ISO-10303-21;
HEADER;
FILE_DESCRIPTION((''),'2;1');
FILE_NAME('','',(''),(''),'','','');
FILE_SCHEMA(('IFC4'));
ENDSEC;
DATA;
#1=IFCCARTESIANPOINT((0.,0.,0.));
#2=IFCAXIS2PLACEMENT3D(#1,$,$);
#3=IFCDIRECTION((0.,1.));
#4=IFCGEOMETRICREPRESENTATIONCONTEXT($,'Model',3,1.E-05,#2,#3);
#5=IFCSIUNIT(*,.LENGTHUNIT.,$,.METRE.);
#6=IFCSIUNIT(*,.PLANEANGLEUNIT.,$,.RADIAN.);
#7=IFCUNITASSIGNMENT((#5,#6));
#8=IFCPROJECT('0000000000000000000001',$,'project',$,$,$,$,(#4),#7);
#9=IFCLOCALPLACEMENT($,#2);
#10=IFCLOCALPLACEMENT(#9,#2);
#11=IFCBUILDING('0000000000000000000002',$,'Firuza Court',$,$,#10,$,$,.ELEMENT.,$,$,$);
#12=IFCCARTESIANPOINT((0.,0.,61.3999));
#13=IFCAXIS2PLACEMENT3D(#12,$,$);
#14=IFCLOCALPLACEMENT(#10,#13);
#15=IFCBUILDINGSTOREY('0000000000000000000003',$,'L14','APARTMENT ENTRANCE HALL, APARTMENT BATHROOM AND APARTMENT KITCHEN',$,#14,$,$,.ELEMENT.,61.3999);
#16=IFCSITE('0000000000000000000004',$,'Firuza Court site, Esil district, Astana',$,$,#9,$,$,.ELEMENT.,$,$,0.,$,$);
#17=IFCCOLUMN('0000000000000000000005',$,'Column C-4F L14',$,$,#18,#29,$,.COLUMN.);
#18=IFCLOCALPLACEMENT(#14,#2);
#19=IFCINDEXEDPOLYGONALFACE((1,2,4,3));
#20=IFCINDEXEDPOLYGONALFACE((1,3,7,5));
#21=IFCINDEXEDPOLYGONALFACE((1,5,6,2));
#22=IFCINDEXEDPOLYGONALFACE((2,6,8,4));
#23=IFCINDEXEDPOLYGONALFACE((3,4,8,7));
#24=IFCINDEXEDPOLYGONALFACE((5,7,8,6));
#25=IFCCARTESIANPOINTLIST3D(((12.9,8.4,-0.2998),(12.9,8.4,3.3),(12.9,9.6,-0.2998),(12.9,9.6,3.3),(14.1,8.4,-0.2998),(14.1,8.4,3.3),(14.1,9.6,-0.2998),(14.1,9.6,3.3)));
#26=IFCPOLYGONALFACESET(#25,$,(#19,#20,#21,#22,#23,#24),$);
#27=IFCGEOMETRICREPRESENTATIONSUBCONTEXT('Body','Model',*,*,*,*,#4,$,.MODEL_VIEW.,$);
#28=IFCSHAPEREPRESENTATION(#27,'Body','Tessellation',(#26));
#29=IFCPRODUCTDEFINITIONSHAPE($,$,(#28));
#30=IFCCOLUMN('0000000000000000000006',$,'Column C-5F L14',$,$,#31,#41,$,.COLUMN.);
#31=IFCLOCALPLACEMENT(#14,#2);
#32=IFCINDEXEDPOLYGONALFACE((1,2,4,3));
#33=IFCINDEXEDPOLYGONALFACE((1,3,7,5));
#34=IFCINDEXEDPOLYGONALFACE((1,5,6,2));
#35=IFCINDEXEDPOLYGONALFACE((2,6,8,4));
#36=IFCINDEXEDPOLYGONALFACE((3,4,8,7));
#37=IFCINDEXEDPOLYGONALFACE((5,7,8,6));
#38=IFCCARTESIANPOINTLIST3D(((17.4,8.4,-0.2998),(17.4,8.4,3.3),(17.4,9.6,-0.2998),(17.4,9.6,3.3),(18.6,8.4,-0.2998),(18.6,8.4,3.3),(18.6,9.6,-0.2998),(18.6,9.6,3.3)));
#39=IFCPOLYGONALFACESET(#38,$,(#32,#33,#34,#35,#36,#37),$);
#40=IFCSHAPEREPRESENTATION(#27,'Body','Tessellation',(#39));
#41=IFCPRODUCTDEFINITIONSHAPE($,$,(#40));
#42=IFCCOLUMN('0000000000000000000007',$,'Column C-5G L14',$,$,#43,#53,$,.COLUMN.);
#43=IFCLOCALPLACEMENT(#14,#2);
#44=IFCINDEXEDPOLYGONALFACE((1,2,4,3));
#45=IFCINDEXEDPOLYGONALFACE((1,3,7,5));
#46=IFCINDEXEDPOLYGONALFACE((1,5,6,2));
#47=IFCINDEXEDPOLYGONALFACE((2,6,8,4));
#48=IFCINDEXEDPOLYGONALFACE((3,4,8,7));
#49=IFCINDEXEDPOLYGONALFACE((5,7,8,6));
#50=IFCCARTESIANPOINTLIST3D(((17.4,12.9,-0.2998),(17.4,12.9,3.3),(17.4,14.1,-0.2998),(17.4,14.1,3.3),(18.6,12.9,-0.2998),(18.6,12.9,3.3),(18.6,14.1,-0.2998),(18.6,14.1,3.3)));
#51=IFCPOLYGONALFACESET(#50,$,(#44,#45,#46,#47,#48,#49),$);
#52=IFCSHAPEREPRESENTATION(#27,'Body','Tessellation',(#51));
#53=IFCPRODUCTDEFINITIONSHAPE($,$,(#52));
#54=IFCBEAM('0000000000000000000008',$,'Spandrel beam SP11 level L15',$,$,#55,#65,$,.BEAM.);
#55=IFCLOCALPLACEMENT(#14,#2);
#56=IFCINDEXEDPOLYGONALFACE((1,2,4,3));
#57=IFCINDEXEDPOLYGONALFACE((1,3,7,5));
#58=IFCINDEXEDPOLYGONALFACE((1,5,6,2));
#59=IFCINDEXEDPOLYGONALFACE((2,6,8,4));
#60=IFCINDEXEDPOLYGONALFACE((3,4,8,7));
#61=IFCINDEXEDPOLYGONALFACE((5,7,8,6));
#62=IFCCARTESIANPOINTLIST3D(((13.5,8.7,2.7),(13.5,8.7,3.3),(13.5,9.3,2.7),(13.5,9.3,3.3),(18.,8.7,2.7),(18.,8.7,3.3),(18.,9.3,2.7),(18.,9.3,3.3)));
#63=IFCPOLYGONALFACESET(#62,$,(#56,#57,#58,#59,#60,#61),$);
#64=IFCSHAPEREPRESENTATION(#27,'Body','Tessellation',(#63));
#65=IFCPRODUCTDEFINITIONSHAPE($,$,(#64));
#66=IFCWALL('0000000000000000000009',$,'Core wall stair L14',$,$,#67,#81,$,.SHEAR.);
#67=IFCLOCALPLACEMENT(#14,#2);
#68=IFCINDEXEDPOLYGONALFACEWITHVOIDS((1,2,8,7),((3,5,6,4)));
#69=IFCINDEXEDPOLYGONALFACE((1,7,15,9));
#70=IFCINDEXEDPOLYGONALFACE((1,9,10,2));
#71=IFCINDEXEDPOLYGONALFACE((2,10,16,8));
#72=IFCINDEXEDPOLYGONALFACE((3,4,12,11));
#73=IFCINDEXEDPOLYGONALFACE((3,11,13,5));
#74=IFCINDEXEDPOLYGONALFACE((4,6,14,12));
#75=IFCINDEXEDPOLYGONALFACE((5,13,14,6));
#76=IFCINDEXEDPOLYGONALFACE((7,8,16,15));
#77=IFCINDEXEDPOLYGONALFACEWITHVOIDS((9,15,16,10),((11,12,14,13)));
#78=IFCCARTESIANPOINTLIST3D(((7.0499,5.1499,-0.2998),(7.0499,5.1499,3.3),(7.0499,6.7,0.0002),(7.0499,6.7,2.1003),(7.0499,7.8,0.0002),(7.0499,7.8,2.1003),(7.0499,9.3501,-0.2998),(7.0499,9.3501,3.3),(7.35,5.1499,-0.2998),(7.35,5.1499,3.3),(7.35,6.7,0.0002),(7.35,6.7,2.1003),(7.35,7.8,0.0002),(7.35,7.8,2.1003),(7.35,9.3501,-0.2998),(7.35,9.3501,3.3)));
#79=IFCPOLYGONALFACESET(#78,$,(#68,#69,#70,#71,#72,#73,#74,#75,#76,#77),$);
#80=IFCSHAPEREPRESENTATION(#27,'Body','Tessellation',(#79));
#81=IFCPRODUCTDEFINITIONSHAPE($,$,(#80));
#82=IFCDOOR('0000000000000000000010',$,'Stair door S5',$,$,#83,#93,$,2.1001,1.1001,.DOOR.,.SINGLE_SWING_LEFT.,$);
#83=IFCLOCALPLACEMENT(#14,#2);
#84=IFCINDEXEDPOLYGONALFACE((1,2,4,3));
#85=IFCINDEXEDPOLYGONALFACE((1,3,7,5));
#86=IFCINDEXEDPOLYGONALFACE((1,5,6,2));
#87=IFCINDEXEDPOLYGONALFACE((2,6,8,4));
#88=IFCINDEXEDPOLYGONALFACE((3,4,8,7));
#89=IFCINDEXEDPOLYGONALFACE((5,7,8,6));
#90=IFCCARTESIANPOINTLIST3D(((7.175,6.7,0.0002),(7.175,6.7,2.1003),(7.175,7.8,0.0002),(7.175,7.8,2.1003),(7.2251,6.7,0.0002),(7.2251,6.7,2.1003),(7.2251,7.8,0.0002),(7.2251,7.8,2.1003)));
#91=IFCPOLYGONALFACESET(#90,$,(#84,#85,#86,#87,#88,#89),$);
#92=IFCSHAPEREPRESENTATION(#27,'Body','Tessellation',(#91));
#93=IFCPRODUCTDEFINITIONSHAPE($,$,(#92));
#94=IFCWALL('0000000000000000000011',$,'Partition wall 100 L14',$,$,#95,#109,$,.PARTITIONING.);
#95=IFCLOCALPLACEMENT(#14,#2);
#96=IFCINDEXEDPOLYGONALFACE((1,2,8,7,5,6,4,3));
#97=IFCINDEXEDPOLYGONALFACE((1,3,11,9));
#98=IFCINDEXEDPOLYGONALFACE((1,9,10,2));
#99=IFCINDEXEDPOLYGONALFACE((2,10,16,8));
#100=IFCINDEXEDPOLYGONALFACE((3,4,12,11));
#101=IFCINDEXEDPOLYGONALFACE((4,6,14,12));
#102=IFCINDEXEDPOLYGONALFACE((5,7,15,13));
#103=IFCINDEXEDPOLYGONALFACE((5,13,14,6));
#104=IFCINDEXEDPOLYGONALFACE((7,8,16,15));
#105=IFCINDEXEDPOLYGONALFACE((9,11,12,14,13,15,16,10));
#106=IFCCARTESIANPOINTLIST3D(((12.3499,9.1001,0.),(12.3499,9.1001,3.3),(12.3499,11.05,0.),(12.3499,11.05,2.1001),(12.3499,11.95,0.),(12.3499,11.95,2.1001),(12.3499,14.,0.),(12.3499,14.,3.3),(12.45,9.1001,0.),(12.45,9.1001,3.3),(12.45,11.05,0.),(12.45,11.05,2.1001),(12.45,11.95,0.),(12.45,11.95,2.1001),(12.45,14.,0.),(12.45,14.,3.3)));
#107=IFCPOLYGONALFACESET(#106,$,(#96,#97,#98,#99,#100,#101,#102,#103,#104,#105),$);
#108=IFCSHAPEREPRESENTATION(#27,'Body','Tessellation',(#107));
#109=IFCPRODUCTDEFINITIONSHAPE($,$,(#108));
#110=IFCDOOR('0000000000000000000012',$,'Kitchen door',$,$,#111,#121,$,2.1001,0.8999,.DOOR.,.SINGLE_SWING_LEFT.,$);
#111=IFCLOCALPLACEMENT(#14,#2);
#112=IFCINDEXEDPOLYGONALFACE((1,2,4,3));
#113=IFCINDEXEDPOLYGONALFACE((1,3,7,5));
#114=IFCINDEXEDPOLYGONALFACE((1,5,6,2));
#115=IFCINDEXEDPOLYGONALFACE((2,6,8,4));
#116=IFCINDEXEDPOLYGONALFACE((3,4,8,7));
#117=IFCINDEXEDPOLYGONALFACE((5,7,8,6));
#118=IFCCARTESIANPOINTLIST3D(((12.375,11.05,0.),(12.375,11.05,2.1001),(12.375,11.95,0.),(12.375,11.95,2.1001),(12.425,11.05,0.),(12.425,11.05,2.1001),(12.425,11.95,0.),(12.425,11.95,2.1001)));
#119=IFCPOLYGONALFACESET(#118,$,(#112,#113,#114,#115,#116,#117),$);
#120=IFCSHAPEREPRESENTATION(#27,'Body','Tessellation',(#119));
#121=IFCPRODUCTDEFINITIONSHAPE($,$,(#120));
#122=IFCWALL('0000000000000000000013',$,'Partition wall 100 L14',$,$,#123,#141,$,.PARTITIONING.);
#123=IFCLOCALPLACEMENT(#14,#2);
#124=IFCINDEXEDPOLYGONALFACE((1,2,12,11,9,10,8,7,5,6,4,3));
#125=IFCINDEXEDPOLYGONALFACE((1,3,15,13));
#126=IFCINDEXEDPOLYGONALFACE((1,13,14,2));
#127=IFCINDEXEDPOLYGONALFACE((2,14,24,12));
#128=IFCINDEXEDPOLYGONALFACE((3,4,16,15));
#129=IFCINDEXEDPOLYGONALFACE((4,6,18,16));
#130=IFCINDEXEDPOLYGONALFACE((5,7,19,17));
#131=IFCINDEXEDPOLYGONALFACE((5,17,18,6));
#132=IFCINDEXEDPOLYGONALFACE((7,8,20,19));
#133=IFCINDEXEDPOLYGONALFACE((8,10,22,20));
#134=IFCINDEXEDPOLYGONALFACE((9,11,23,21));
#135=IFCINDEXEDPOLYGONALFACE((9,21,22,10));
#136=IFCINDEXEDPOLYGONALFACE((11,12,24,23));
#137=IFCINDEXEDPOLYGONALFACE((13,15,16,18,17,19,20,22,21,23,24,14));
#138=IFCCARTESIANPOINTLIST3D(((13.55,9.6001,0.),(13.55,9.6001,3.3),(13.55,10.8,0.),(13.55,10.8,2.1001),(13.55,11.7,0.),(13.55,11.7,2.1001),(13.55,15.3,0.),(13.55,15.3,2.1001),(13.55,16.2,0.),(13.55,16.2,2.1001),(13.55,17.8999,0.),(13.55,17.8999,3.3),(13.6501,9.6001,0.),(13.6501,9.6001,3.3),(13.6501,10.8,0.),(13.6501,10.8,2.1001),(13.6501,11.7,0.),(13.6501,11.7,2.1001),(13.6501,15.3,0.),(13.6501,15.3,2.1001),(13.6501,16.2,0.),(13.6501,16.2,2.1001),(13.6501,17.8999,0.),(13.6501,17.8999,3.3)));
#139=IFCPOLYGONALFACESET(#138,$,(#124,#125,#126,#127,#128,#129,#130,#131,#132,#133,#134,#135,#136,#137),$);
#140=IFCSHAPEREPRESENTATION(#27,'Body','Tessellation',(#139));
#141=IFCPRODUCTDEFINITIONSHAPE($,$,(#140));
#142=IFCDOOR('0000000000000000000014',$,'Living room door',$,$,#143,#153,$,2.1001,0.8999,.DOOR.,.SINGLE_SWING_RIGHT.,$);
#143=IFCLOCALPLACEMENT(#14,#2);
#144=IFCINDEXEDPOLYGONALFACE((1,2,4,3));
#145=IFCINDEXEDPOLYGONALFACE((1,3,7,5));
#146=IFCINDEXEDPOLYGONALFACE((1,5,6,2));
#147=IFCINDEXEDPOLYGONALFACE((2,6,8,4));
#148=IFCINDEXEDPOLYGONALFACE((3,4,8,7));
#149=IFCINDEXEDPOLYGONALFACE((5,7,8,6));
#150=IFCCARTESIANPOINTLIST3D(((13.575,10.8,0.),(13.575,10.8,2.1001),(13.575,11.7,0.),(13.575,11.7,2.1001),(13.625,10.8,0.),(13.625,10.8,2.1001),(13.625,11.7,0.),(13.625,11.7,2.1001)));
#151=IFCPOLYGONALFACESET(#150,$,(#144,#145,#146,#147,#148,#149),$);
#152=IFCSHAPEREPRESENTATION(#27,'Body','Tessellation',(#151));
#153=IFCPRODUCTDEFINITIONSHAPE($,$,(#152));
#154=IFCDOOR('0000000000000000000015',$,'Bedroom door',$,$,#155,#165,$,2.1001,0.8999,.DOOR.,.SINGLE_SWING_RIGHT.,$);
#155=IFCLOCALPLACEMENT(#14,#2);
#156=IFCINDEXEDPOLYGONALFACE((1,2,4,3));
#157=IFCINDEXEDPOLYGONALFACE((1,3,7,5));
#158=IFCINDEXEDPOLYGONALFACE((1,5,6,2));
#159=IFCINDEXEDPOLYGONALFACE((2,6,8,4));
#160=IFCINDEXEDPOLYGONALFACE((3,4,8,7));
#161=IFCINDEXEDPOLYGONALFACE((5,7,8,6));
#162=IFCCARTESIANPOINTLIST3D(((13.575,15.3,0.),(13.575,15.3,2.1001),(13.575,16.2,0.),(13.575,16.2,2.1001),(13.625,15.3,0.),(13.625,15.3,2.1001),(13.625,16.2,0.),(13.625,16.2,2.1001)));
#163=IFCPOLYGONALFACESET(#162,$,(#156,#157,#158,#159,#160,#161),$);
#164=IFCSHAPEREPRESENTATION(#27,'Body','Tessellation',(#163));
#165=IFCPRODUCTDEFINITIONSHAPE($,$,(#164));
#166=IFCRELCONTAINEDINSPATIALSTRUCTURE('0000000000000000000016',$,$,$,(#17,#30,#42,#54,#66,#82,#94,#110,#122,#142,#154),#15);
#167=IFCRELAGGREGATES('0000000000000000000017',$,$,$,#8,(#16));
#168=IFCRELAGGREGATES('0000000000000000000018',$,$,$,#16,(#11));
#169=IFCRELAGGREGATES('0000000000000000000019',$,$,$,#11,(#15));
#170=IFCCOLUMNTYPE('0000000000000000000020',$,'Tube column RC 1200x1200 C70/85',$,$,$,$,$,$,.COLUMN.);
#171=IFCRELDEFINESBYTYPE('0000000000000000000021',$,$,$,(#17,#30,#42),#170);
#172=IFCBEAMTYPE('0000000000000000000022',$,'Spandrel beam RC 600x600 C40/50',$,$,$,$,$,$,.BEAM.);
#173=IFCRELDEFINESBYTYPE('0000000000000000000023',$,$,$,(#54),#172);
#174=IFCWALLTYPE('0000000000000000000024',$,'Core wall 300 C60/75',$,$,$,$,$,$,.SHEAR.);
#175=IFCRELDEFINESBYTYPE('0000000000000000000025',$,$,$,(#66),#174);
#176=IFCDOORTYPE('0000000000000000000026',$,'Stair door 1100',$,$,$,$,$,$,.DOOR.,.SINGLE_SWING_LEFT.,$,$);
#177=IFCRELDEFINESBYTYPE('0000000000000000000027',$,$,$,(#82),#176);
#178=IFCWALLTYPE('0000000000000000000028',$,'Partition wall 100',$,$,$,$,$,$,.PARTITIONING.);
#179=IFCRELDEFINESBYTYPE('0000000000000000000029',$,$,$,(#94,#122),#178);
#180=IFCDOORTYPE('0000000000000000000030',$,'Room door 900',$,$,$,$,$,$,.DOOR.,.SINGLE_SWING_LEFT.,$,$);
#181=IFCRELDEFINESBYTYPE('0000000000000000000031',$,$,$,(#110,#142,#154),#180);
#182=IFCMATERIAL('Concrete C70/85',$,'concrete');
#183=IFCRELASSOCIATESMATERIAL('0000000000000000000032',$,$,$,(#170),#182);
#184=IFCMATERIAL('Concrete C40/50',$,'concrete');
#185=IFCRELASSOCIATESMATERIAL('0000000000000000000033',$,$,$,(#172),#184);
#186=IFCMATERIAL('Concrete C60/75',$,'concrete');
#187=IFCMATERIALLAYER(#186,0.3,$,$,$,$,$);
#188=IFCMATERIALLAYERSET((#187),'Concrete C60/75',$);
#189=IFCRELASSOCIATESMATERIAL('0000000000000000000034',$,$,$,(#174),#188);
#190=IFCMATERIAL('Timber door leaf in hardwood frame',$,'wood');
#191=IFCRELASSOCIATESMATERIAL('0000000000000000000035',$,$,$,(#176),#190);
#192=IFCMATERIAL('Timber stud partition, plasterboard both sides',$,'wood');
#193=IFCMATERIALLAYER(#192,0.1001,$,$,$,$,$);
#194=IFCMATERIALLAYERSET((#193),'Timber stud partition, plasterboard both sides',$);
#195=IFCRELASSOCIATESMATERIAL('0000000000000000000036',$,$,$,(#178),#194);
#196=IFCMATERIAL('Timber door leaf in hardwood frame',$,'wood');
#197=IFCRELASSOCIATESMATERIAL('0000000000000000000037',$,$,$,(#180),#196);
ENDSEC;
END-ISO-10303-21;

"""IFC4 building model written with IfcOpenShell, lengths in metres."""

from ifc_helpers import new_model, si_unit, direction, frame, frame_2d, origin, origin_2d, place, context, subcontext, project, spatial, rectangle, extrude, material, layer, layer_set, material_profile, profile_set, type_object, element, fill, save


model = new_model("IFC4")

# Units and contexts
model_context = context("Model", 3, precision=1e-05, world=origin(), true_north=direction((0.0, 1.0)))
body_context = subcontext(model_context, "Body", "Model", "MODEL_VIEW")
ifc_project = project(units=[si_unit("LENGTHUNIT", "METRE"), si_unit("PLANEANGLEUNIT", "RADIAN")], contexts=[model_context])

# Site, building, storey
site_placement = place(None, origin())
site = spatial("IfcSite", under=ifc_project, at=site_placement, Name="Firuza Court site, Esil district, Astana", CompositionType="ELEMENT", RefElevation=0.0)
building_placement = place(site_placement, origin())
building = spatial("IfcBuilding", under=site, at=building_placement, Name="Firuza Court", CompositionType="ELEMENT")
storey_placement = place(building_placement, frame((0.0, 0.0, 61.3999)))
storey = spatial("IfcBuildingStorey", under=building, at=storey_placement, Name="L14", Description="APARTMENT ENTRANCE HALL, APARTMENT BATHROOM AND APARTMENT KITCHEN", CompositionType="ELEMENT", Elevation=61.3999)

# Columns
ifc_material_1 = material(Name="Concrete C70/85", Category="concrete")
ifc_material_profile_1 = material_profile(ifc_material_1, rectangle(XDim=1.2, YDim=1.2, at=origin_2d()), Name="RC 1200x1200")
ifc_profile_set_1 = profile_set([ifc_material_profile_1], Name="Concrete C70/85")
column_type = type_object("IfcColumnType", Name="Tube column RC 1200x1200 C70/85", PredefinedType="COLUMN", material=ifc_profile_set_1)
for number, where, z_axis, x_axis, name in (
    (1, (13.5, 9.0, -0.2998), (0.0, 0.0, 1.0), (1.0, 0.0, 0.0), "Column C-4F L14"),
    (2, (18.0, 9.0, -0.2998), (0.0, 0.0, 1.0), (1.0, 0.0, 0.0), "Column C-5F L14"),
    (3, (18.0, 13.5, -0.2998), (0.0, 0.0, 1.0), (1.0, 0.0, 0.0), "Column C-5G L14"),
):
    element("IfcColumn", number, at=place(storey_placement, frame(where, z_axis=z_axis, x_axis=x_axis)), inside=storey, type_object=column_type, Name=name, PredefinedType="COLUMN", context=body_context, shape_type="SweptSolid", body=[
        extrude(rectangle(XDim=1.2, YDim=1.2, at=origin_2d()), origin(), (0.0, 0.0, 1.0), 3.5999),
    ])

# Beam
ifc_material_2 = material(Name="Concrete C40/50", Category="concrete")
ifc_material_profile_2 = material_profile(ifc_material_2, rectangle(XDim=0.6001, YDim=0.6001, at=origin_2d()), Name="RC 600x600")
ifc_profile_set_2 = profile_set([ifc_material_profile_2], Name="Concrete C40/50")
beam_type = type_object("IfcBeamType", Name="Spandrel beam RC 600x600 C40/50", PredefinedType="BEAM", material=ifc_profile_set_2)
beam_placement = place(storey_placement, frame((13.5, 9.0, 3.0), z_axis=(1.0, 0.0, 0.0), x_axis=(0.0, 1.0, 0.0)))
element("IfcBeam", 4, at=beam_placement, inside=storey, type_object=beam_type, Name="Spandrel beam SP11 level L15", PredefinedType="BEAM", context=body_context, shape_type="SweptSolid", body=[
    extrude(rectangle(XDim=0.6001, YDim=0.6001, at=origin_2d()), origin(), (0.0, 0.0, 1.0), 4.5),
])

# Walls, openings, doors
ifc_material_3 = material(Name="Concrete C60/75", Category="concrete")
ifc_layer_1 = layer(ifc_material_3, 0.3)
ifc_layer_set_1 = layer_set([ifc_layer_1], Name="Concrete C60/75")
wall_type_1 = type_object("IfcWallType", Name="Core wall 300 C60/75", PredefinedType="SHEAR", material=ifc_layer_set_1)
wall_1_placement = place(storey_placement, frame((7.2, 5.1499, -0.2998), z_axis=(0.0, 0.0, 1.0), x_axis=(0.0, 1.0, 0.0)))
wall_1 = element("IfcWall", 5, at=wall_1_placement, inside=storey, type_object=wall_type_1, Name="Core wall stair L14", PredefinedType="SHEAR", context=body_context, shape_type="SweptSolid", body=[
    extrude(rectangle(XDim=4.2002, YDim=0.3, at=frame_2d((2.1001, 0.0))), origin(), (0.0, 0.0, 1.0), 3.5999),
])
opening_1_placement = place(wall_1_placement, frame((1.55, 0.0, 0.3)))
opening_1 = element("IfcOpeningElement", 6, at=opening_1_placement, cuts=wall_1, PredefinedType="OPENING", context=body_context, shape_type="SweptSolid", body=[
    extrude(rectangle(XDim=1.1001, YDim=2.1001, at=frame_2d((0.55, 1.05))), frame((0.0, 0.1621, 0.0), z_axis=(0.0, -1.0, 0.0), x_axis=(1.0, 0.0, 0.0)), (0.0, 0.0, 1.0), 0.324),
])
ifc_material_4 = material(Name="Timber door leaf in hardwood frame", Category="wood")
door_type_1 = type_object("IfcDoorType", Name="Stair door 1100", OperationType="SINGLE_SWING_LEFT", PredefinedType="DOOR", material=ifc_material_4)
door_1_placement = place(opening_1_placement, origin())
door_1 = element("IfcDoor", 7, at=door_1_placement, inside=storey, type_object=door_type_1, Name="Stair door S5", OperationType="SINGLE_SWING_LEFT", OverallHeight=2.1001, OverallWidth=1.1001, PredefinedType="DOOR", context=body_context, shape_type="SweptSolid", body=[
    extrude(rectangle(XDim=1.1001, YDim=2.1001, at=frame_2d((0.55, 1.05))), frame((0.0, 0.0249, 0.0), z_axis=(0.0, -1.0, 0.0), x_axis=(1.0, 0.0, 0.0)), (0.0, 0.0, 1.0), 0.05),
])
fill(opening_1, door_1)
ifc_material_5 = material(Name="Timber stud partition, plasterboard both sides", Category="wood")
ifc_layer_2 = layer(ifc_material_5, 0.1001)
ifc_layer_set_2 = layer_set([ifc_layer_2], Name="Timber stud partition, plasterboard both sides")
wall_type_2 = type_object("IfcWallType", Name="Partition wall 100", PredefinedType="PARTITIONING", material=ifc_layer_set_2)
wall_2_placement = place(storey_placement, frame((12.3999, 9.1001, 0.0), z_axis=(0.0, 0.0, 1.0), x_axis=(0.0, 1.0, 0.0)))
wall_2 = element("IfcWall", 8, at=wall_2_placement, inside=storey, type_object=wall_type_2, Name="Partition wall 100 L14", PredefinedType="PARTITIONING", context=body_context, shape_type="SweptSolid", body=[
    extrude(rectangle(XDim=4.8999, YDim=0.1001, at=frame_2d((2.45, 0.0))), origin(), (0.0, 0.0, 1.0), 3.3),
])
opening_2_placement = place(wall_2_placement, frame((1.95, 0.0, 0.0)))
opening_2 = element("IfcOpeningElement", 9, at=opening_2_placement, cuts=wall_2, PredefinedType="OPENING", context=body_context, shape_type="SweptSolid", body=[
    extrude(rectangle(XDim=0.8999, YDim=2.1001, at=frame_2d((0.45, 1.05))), frame((0.0, 0.062, 0.0), z_axis=(0.0, -1.0, 0.0), x_axis=(1.0, 0.0, 0.0)), (0.0, 0.0, 1.0), 0.124),
])
ifc_material_6 = material(Name="Timber door leaf in hardwood frame", Category="wood")
door_type_2 = type_object("IfcDoorType", Name="Room door 900", OperationType="SINGLE_SWING_LEFT", PredefinedType="DOOR", material=ifc_material_6)
door_2_placement = place(opening_2_placement, origin())
door_2 = element("IfcDoor", 10, at=door_2_placement, inside=storey, type_object=door_type_2, Name="Kitchen door", OperationType="SINGLE_SWING_LEFT", OverallHeight=2.1001, OverallWidth=0.8999, PredefinedType="DOOR", context=body_context, shape_type="SweptSolid", body=[
    extrude(rectangle(XDim=0.8999, YDim=2.1001, at=frame_2d((0.45, 1.05))), frame((0.0, 0.0249, 0.0), z_axis=(0.0, -1.0, 0.0), x_axis=(1.0, 0.0, 0.0)), (0.0, 0.0, 1.0), 0.05),
])
fill(opening_2, door_2)

# Wall, openings, doors
wall_3_placement = place(storey_placement, frame((13.6001, 9.6001, 0.0), z_axis=(0.0, 0.0, 1.0), x_axis=(0.0, 1.0, 0.0)))
wall_3 = element("IfcWall", 11, at=wall_3_placement, inside=storey, type_object=wall_type_2, Name="Partition wall 100 L14", PredefinedType="PARTITIONING", context=body_context, shape_type="SweptSolid", body=[
    extrude(rectangle(XDim=8.2998, YDim=0.1001, at=frame_2d((4.1499, 0.0))), origin(), (0.0, 0.0, 1.0), 3.3),
])
opening_3_placement = place(wall_3_placement, frame((1.2, 0.0, 0.0)))
opening_3 = element("IfcOpeningElement", 12, at=opening_3_placement, cuts=wall_3, PredefinedType="OPENING", context=body_context, shape_type="SweptSolid", body=[
    extrude(rectangle(XDim=0.8999, YDim=2.1001, at=frame_2d((0.45, 1.05))), frame((0.0, 0.062, 0.0), z_axis=(0.0, -1.0, 0.0), x_axis=(1.0, 0.0, 0.0)), (0.0, 0.0, 1.0), 0.124),
])
opening_4_placement = place(wall_3_placement, frame((5.7, 0.0, 0.0)))
opening_4 = element("IfcOpeningElement", 13, at=opening_4_placement, cuts=wall_3, PredefinedType="OPENING", context=body_context, shape_type="SweptSolid", body=[
    extrude(rectangle(XDim=0.8999, YDim=2.1001, at=frame_2d((0.45, 1.05))), frame((0.0, 0.062, 0.0), z_axis=(0.0, -1.0, 0.0), x_axis=(1.0, 0.0, 0.0)), (0.0, 0.0, 1.0), 0.124),
])
door_3_placement = place(opening_3_placement, frame((0.8999, 0.0, 0.0), z_axis=(0.0, 0.0, 1.0), x_axis=(-1.0, 0.0, 0.0)))
door_3 = element("IfcDoor", 14, at=door_3_placement, inside=storey, type_object=door_type_2, Name="Living room door", OperationType="SINGLE_SWING_RIGHT", OverallHeight=2.1001, OverallWidth=0.8999, PredefinedType="DOOR", context=body_context, shape_type="SweptSolid", body=[
    extrude(rectangle(XDim=0.8999, YDim=2.1001, at=frame_2d((0.45, 1.05))), frame((0.0, 0.0249, 0.0), z_axis=(0.0, -1.0, 0.0), x_axis=(1.0, 0.0, 0.0)), (0.0, 0.0, 1.0), 0.05),
])
fill(opening_3, door_3)
door_4_placement = place(opening_4_placement, frame((0.8999, 0.0, 0.0), z_axis=(0.0, 0.0, 1.0), x_axis=(-1.0, 0.0, 0.0)))
door_4 = element("IfcDoor", 15, at=door_4_placement, inside=storey, type_object=door_type_2, Name="Bedroom door", OperationType="SINGLE_SWING_RIGHT", OverallHeight=2.1001, OverallWidth=0.8999, PredefinedType="DOOR", context=body_context, shape_type="SweptSolid", body=[
    extrude(rectangle(XDim=0.8999, YDim=2.1001, at=frame_2d((0.45, 1.05))), frame((0.0, 0.0249, 0.0), z_axis=(0.0, -1.0, 0.0), x_axis=(1.0, 0.0, 0.0)), (0.0, 0.0, 1.0), 0.05),
])
fill(opening_4, door_4)

save(model, "model.ifc")
